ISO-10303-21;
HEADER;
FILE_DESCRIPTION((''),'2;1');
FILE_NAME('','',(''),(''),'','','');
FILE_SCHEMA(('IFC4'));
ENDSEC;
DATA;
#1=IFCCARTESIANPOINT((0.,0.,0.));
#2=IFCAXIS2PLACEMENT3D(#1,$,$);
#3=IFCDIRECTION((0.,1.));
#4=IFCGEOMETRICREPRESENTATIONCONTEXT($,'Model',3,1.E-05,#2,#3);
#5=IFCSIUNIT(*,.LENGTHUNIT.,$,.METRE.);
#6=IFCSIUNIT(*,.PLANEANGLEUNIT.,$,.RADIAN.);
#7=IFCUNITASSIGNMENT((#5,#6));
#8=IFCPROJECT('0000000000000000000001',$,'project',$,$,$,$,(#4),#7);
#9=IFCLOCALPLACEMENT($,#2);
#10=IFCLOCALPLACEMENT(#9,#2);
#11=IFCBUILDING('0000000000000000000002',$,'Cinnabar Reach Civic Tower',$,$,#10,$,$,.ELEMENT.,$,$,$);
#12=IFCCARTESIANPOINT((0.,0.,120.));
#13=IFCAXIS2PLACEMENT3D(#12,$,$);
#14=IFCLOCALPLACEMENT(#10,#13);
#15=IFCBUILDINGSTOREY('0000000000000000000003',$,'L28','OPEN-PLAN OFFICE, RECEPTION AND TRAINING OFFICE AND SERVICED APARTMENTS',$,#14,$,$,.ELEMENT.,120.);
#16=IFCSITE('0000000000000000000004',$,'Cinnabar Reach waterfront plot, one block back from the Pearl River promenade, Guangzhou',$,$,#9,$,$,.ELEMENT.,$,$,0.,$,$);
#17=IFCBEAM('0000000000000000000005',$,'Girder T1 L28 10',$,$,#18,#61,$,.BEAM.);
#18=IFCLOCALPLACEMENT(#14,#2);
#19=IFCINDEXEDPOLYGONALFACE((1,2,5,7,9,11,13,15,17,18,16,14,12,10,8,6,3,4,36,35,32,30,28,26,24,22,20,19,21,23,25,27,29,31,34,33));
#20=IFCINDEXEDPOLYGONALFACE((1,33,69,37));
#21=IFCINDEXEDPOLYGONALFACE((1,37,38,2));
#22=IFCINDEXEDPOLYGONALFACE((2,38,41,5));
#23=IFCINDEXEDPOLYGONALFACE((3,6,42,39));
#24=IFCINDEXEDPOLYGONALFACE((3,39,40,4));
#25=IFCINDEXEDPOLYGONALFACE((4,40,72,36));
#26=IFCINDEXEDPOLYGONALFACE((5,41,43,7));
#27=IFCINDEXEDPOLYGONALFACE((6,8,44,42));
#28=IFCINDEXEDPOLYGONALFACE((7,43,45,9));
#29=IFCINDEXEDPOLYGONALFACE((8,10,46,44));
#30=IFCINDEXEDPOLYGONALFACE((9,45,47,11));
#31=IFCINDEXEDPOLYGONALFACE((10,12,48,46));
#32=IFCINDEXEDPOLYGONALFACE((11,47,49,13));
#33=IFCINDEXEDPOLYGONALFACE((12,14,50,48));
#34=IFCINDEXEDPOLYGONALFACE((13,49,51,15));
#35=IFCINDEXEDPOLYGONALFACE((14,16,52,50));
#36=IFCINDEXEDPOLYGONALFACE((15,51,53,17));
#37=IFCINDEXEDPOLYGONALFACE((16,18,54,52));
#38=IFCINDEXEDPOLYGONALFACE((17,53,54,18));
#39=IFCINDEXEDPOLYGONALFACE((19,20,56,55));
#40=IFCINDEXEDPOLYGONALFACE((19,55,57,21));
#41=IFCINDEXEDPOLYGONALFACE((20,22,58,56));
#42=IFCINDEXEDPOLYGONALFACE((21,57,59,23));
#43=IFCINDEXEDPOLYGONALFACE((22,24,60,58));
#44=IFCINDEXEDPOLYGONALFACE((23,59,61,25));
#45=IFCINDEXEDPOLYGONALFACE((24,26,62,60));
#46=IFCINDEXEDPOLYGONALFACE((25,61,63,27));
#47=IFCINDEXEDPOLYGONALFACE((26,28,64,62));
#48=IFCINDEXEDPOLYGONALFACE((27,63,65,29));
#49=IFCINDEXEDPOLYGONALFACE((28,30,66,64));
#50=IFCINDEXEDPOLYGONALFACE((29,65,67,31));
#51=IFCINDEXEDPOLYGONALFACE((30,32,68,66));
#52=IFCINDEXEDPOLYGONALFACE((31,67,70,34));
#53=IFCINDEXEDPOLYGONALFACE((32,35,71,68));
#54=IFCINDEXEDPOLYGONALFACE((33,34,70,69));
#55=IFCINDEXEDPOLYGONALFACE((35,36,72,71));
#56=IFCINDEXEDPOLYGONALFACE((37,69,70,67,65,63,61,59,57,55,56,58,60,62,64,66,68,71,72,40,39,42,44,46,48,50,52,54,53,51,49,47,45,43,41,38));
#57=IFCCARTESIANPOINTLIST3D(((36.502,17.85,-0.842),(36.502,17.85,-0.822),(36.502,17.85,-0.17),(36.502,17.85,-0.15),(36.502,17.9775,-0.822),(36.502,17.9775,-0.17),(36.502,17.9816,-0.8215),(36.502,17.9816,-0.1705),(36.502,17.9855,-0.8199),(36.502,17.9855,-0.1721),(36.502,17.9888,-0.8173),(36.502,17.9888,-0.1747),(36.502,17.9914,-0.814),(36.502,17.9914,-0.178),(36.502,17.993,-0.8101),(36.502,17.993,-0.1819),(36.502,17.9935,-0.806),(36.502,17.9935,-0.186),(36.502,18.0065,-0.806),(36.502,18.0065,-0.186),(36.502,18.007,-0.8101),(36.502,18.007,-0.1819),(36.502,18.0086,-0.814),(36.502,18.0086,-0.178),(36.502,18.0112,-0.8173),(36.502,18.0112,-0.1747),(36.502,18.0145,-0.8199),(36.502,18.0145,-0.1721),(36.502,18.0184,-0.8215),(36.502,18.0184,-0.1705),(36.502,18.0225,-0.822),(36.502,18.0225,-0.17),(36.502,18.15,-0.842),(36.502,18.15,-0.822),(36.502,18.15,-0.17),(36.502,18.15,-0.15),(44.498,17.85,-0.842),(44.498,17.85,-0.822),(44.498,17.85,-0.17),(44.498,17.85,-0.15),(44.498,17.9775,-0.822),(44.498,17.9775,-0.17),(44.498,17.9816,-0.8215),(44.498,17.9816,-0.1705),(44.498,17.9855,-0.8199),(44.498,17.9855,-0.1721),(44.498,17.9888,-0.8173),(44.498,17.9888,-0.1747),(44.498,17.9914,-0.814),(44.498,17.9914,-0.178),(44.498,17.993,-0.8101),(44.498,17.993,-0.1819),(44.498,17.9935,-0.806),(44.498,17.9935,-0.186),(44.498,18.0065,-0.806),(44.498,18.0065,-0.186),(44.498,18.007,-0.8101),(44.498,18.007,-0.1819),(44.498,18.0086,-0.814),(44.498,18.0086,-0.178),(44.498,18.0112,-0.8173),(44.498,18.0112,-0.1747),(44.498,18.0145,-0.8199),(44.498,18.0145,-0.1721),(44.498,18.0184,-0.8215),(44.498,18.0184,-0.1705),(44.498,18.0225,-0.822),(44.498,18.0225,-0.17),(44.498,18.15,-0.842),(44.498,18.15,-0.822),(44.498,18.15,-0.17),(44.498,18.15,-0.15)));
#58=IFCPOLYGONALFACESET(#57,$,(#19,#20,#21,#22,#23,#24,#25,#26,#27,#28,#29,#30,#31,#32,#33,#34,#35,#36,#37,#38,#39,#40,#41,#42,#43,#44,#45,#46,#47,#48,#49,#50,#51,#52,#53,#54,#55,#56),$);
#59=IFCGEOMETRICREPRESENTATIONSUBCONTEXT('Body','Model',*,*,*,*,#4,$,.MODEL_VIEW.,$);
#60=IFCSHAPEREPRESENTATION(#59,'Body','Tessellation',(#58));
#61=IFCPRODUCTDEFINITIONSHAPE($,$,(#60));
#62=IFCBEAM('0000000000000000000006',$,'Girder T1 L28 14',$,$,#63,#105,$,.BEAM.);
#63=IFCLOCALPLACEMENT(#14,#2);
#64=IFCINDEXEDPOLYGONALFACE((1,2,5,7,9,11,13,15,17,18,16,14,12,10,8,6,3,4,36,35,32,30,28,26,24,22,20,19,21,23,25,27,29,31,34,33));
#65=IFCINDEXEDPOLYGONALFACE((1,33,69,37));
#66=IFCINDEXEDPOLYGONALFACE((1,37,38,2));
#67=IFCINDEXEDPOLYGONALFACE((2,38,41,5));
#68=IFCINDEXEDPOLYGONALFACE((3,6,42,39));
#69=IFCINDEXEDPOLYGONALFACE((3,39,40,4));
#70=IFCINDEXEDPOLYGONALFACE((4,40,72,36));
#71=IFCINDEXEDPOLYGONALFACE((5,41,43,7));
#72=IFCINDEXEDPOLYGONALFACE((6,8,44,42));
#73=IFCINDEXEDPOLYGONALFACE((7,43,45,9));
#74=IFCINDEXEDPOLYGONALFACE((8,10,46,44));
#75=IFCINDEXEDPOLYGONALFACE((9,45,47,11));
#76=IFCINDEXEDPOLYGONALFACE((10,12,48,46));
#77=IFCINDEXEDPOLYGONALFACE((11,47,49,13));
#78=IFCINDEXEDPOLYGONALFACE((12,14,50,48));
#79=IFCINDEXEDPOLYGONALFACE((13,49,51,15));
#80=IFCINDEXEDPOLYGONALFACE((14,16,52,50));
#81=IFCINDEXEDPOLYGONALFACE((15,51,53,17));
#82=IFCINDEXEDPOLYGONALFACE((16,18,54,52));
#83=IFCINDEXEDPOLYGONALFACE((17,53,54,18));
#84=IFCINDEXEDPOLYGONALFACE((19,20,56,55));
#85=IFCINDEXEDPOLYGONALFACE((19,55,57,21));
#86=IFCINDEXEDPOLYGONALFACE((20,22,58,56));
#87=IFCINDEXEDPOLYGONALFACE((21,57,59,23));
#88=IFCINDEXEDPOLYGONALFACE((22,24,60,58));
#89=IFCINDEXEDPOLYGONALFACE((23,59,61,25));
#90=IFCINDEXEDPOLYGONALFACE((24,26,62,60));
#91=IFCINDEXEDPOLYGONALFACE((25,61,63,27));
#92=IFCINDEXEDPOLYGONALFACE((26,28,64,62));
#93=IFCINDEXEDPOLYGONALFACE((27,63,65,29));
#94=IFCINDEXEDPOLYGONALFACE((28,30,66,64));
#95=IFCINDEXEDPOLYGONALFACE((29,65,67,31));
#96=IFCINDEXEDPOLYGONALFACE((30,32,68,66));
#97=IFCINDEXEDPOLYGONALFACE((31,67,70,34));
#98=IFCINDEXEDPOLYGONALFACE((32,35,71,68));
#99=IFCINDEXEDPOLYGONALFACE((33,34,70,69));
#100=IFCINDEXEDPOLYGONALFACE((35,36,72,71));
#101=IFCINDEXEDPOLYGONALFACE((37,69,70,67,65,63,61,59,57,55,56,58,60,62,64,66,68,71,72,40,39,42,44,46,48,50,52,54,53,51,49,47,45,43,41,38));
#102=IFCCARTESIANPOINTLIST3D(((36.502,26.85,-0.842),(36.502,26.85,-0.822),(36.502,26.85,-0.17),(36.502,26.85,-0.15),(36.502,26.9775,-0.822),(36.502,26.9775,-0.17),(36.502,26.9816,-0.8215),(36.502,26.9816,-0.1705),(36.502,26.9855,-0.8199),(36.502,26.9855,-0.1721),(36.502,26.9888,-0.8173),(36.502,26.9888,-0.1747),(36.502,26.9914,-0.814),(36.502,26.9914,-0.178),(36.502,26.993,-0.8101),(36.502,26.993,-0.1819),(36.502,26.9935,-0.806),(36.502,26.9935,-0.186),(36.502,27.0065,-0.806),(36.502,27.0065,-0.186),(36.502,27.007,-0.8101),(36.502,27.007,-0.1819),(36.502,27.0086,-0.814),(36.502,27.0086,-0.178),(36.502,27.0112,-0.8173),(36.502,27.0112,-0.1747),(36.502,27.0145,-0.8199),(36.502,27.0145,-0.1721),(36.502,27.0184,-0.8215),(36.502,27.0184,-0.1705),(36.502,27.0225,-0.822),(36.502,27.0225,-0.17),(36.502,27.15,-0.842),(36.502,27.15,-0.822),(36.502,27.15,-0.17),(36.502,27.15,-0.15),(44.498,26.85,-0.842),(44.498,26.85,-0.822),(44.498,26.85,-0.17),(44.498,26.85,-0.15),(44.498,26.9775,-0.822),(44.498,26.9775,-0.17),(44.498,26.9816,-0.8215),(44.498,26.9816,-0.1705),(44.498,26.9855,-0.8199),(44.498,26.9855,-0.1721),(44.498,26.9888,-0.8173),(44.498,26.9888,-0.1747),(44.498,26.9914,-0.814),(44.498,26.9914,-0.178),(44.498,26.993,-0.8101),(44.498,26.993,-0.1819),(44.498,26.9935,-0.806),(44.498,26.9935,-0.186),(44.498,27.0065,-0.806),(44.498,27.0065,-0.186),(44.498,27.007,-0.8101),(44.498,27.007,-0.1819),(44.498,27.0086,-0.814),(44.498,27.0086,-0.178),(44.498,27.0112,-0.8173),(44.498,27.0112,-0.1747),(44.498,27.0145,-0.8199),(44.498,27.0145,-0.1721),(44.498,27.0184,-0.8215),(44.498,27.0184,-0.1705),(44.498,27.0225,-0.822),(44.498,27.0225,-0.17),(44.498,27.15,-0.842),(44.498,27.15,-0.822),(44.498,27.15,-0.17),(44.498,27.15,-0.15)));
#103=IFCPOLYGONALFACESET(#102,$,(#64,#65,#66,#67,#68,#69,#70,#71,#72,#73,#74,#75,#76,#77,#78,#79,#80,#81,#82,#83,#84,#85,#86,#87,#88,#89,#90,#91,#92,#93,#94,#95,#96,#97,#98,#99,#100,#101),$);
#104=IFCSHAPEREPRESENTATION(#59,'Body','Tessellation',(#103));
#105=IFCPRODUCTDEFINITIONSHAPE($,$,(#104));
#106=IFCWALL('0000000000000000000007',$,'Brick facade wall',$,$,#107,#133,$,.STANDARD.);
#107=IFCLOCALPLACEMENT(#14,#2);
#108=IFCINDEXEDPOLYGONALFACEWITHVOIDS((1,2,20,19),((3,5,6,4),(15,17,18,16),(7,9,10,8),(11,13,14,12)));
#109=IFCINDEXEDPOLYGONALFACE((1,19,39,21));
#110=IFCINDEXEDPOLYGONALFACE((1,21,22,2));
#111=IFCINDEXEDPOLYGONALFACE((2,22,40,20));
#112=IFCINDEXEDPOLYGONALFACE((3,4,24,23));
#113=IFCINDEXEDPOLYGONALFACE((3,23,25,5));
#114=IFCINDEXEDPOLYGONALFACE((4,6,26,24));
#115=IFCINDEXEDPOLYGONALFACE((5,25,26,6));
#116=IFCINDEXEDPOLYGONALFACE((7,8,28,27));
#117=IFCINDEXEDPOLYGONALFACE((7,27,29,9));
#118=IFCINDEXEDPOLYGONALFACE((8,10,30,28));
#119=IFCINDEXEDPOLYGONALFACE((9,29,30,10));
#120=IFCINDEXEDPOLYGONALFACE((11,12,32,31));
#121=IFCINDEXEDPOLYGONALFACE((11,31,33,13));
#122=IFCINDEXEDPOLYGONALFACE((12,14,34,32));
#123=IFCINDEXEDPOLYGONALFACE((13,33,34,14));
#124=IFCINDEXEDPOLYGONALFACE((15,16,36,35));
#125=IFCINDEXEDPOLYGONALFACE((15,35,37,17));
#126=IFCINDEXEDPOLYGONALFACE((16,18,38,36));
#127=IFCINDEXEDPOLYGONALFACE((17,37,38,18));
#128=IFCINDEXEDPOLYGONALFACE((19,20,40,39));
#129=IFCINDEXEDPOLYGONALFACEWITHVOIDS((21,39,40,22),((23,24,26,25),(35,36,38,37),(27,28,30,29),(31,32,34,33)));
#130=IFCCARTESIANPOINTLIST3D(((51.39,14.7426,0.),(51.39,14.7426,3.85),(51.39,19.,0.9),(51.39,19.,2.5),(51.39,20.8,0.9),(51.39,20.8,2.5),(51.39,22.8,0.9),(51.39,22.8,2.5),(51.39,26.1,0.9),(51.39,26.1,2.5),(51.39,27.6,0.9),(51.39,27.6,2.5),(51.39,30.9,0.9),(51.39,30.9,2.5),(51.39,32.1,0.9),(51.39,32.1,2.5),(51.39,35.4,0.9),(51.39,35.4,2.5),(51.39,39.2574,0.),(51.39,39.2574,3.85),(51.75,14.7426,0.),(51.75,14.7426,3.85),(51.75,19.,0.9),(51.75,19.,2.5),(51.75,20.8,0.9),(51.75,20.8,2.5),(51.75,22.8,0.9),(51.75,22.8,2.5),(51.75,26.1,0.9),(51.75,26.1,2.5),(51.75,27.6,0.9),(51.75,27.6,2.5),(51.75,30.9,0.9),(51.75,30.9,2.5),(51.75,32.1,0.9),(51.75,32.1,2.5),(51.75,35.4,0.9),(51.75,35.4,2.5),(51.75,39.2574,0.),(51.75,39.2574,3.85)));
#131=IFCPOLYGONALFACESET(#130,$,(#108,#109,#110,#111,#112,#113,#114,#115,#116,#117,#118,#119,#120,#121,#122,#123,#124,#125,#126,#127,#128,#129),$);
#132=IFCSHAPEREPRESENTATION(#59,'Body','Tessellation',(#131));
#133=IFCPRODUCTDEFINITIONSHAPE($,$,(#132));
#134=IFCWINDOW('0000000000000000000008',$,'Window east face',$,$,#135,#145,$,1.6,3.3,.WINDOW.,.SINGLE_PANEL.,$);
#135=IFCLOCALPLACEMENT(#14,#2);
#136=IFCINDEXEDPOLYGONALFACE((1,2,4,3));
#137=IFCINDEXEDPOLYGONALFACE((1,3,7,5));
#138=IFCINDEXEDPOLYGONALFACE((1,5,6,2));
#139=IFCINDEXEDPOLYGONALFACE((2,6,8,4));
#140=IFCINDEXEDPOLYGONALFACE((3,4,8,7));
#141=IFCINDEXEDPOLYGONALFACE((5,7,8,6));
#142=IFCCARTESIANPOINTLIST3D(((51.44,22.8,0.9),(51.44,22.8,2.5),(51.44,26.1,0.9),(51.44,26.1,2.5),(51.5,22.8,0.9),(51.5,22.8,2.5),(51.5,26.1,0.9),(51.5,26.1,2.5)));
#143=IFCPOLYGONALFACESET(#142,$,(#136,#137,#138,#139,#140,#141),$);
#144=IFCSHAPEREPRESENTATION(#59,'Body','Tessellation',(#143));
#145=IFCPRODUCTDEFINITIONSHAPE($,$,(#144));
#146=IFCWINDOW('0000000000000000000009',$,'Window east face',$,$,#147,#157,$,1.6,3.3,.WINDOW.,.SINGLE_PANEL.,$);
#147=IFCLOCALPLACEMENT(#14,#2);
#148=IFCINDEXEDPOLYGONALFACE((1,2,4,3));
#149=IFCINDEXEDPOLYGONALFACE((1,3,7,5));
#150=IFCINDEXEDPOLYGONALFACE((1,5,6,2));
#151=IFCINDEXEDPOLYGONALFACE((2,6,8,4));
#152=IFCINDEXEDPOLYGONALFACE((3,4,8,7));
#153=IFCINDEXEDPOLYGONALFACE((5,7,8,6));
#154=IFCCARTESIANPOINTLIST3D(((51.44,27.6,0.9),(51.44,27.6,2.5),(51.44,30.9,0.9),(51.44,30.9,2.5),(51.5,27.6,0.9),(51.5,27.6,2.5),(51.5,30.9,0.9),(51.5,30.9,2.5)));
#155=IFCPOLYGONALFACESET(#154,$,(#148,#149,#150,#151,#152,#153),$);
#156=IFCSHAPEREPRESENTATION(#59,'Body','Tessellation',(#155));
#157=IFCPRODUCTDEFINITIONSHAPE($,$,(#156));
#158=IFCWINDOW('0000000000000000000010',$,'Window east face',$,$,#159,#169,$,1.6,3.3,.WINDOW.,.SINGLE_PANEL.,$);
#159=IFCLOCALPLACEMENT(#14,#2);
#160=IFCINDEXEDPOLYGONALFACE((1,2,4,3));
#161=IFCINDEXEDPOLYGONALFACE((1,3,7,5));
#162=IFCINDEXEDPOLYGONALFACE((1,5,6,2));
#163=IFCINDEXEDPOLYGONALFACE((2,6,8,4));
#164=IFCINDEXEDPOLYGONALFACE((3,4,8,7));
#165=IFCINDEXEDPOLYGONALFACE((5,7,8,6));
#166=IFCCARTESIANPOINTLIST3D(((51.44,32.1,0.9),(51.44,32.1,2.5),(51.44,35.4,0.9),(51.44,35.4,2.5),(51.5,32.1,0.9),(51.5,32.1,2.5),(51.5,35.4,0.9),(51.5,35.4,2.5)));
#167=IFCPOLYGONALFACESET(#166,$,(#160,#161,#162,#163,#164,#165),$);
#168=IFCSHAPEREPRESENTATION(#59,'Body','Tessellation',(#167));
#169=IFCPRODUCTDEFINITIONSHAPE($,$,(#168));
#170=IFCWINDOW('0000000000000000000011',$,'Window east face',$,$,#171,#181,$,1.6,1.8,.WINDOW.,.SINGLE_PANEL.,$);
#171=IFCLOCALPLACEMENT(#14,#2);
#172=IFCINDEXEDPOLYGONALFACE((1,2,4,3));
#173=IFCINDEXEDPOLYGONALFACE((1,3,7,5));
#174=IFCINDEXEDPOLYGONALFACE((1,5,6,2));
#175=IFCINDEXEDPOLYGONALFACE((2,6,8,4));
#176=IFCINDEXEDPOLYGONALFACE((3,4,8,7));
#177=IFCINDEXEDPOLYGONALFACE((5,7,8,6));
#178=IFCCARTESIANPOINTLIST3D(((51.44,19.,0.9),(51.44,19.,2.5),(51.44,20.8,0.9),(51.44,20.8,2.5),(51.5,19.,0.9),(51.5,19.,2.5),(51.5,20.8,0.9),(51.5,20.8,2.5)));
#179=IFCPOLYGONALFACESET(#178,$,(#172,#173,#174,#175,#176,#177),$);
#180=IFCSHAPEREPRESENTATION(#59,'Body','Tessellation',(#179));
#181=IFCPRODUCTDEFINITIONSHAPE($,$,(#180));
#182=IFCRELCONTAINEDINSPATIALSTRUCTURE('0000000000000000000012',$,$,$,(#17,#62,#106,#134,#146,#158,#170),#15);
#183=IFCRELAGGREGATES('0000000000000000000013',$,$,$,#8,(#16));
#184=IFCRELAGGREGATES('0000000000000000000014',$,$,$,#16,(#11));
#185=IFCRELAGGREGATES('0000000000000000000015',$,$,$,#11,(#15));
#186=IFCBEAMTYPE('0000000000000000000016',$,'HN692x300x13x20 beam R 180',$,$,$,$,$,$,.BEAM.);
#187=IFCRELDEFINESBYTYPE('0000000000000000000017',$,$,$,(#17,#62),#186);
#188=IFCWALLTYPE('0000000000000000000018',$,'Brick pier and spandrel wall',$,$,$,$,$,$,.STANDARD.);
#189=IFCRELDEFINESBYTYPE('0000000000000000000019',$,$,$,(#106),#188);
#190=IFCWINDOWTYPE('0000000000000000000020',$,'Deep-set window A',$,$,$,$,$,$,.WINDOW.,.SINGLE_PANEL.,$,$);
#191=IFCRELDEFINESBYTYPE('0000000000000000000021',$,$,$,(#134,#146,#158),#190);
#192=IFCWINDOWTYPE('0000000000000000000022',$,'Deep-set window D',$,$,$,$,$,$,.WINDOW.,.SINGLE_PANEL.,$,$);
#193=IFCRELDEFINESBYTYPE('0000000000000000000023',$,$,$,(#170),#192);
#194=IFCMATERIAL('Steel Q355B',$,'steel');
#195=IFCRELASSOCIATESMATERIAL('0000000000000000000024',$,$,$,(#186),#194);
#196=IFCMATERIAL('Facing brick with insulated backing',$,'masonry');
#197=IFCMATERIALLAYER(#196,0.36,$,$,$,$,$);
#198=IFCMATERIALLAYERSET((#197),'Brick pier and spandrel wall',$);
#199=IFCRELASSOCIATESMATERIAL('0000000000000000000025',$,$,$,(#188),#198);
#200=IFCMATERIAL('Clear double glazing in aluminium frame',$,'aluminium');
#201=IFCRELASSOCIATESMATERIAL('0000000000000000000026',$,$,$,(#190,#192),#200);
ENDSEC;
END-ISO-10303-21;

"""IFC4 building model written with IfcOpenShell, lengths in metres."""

from ifc_helpers import new_model, si_unit, direction, frame, frame_2d, origin, origin_2d, place, context, subcontext, project, spatial, rectangle, i_section, extrude, material, layer, layer_set, material_profile, profile_set, type_object, element, fill, save


model = new_model("IFC4")

# Units and contexts
model_context = context("Model", 3, precision=1e-05, world=origin(), true_north=direction((0.0, 1.0)))
body_context = subcontext(model_context, "Body", "Model", "MODEL_VIEW")
ifc_project = project(units=[si_unit("LENGTHUNIT", "METRE"), si_unit("PLANEANGLEUNIT", "RADIAN")], contexts=[model_context])

# Site, building, storey
site_placement = place(None, origin())
site = spatial("IfcSite", under=ifc_project, at=site_placement, Name="Cinnabar Reach waterfront plot, one block back from the Pearl River promenade, Guangzhou", CompositionType="ELEMENT", RefElevation=0.0)
building_placement = place(site_placement, origin())
building = spatial("IfcBuilding", under=site, at=building_placement, Name="Cinnabar Reach Civic Tower", CompositionType="ELEMENT")
storey_placement = place(building_placement, frame((0.0, 0.0, 120.0)))
storey = spatial("IfcBuildingStorey", under=building, at=storey_placement, Name="L28", Description="OPEN-PLAN OFFICE, RECEPTION AND TRAINING OFFICE AND SERVICED APARTMENTS", CompositionType="ELEMENT", Elevation=120.0)

# Beams
ifc_material_1 = material(Name="Steel Q355B", Category="steel")
ifc_material_profile_1 = material_profile(ifc_material_1, i_section(OverallWidth=0.3, OverallDepth=0.692, WebThickness=0.013, FlangeThickness=0.02, FilletRadius=0.016, at=origin_2d()), Name="HN692x300x13x20")
ifc_profile_set_1 = profile_set([ifc_material_profile_1], Name="Steel Q355B")
beam_type_1 = type_object("IfcBeamType", Name="HN692x300x13x20 beam R 180", PredefinedType="BEAM", material=ifc_profile_set_1)
for number, where, z_axis, x_axis, name in (
    (1, (36.502, 18.0, -0.496), (1.0, 0.0, 0.0), (0.0, 1.0, 0.0), "Girder T1 L28 10"),
    (2, (36.502, 27.0, -0.496), (1.0, 0.0, 0.0), (0.0, 1.0, 0.0), "Girder T1 L28 14"),
):
    element("IfcBeam", number, at=place(storey_placement, frame(where, z_axis=z_axis, x_axis=x_axis)), inside=storey, type_object=beam_type_1, Name=name, PredefinedType="BEAM", context=body_context, shape_type="SweptSolid", body=[
        extrude(i_section(OverallWidth=0.3, OverallDepth=0.692, WebThickness=0.013, FlangeThickness=0.02, FilletRadius=0.016, at=origin_2d()), origin(), (0.0, 0.0, 1.0), 7.996),
    ])

# Wall, openings, windows
ifc_material_2 = material(Name="Facing brick with insulated backing", Category="masonry")
ifc_layer_1 = layer(ifc_material_2, 0.36)
ifc_layer_set_1 = layer_set([ifc_layer_1], Name="Brick pier and spandrel wall")
wall_type_1 = type_object("IfcWallType", Name="Brick pier and spandrel wall", PredefinedType="STANDARD", material=ifc_layer_set_1)
wall_1_placement = place(storey_placement, frame((51.57, 14.7426, 0.0), z_axis=(0.0, 0.0, 1.0), x_axis=(0.0, 1.0, 0.0)))
wall_1 = element("IfcWall", 3, at=wall_1_placement, inside=storey, type_object=wall_type_1, Name="Brick facade wall", PredefinedType="STANDARD", context=body_context, shape_type="SweptSolid", body=[
    extrude(rectangle(XDim=24.5148, YDim=0.36, at=frame_2d((12.2574, 0.0))), origin(), (0.0, 0.0, 1.0), 3.85),
])
opening_1_placement = place(wall_1_placement, frame((4.2574, 0.0, 0.9)))
opening_1 = element("IfcOpeningElement", 4, at=opening_1_placement, cuts=wall_1, PredefinedType="OPENING", context=body_context, shape_type="SweptSolid", body=[
    extrude(rectangle(XDim=1.8, YDim=1.6, at=frame_2d((0.9, 0.8))), frame((0.0, 0.19, 0.0), z_axis=(0.0, -1.0, 0.0), x_axis=(1.0, 0.0, 0.0)), (0.0, 0.0, 1.0), 0.38),
])
opening_2_placement = place(wall_1_placement, frame((8.0574, 0.0, 0.9)))
opening_2 = element("IfcOpeningElement", 5, at=opening_2_placement, cuts=wall_1, PredefinedType="OPENING", context=body_context, shape_type="SweptSolid", body=[
    extrude(rectangle(XDim=3.3, YDim=1.6, at=frame_2d((1.65, 0.8))), frame((0.0, 0.19, 0.0), z_axis=(0.0, -1.0, 0.0), x_axis=(1.0, 0.0, 0.0)), (0.0, 0.0, 1.0), 0.38),
])
opening_3_placement = place(wall_1_placement, frame((12.8574, 0.0, 0.9)))
opening_3 = element("IfcOpeningElement", 6, at=opening_3_placement, cuts=wall_1, PredefinedType="OPENING", context=body_context, shape_type="SweptSolid", body=[
    extrude(rectangle(XDim=3.3, YDim=1.6, at=frame_2d((1.65, 0.8))), frame((0.0, 0.19, 0.0), z_axis=(0.0, -1.0, 0.0), x_axis=(1.0, 0.0, 0.0)), (0.0, 0.0, 1.0), 0.38),
])
opening_4_placement = place(wall_1_placement, frame((17.3574, 0.0, 0.9)))
opening_4 = element("IfcOpeningElement", 7, at=opening_4_placement, cuts=wall_1, PredefinedType="OPENING", context=body_context, shape_type="SweptSolid", body=[
    extrude(rectangle(XDim=3.3, YDim=1.6, at=frame_2d((1.65, 0.8))), frame((0.0, 0.19, 0.0), z_axis=(0.0, -1.0, 0.0), x_axis=(1.0, 0.0, 0.0)), (0.0, 0.0, 1.0), 0.38),
])
ifc_material_3 = material(Name="Clear double glazing in aluminium frame", Category="aluminium")
window_type_1 = type_object("IfcWindowType", Name="Deep-set window A", PartitioningType="SINGLE_PANEL", PredefinedType="WINDOW", material=ifc_material_3)
window_1_placement = place(opening_2_placement, origin())
window_1 = element("IfcWindow", 8, at=window_1_placement, inside=storey, type_object=window_type_1, Name="Window east face", OverallHeight=1.6, OverallWidth=3.3, PartitioningType="SINGLE_PANEL", PredefinedType="WINDOW", context=body_context, shape_type="SweptSolid", body=[
    extrude(rectangle(XDim=3.3, YDim=1.6, at=frame_2d((1.65, 0.8))), frame((0.0, 0.13, 0.0), z_axis=(0.0, -1.0, 0.0), x_axis=(1.0, 0.0, 0.0)), (0.0, 0.0, 1.0), 0.06),
])
fill(opening_2, window_1)
window_2_placement = place(opening_3_placement, origin())
window_2 = element("IfcWindow", 9, at=window_2_placement, inside=storey, type_object=window_type_1, Name="Window east face", OverallHeight=1.6, OverallWidth=3.3, PartitioningType="SINGLE_PANEL", PredefinedType="WINDOW", context=body_context, shape_type="SweptSolid", body=[
    extrude(rectangle(XDim=3.3, YDim=1.6, at=frame_2d((1.65, 0.8))), frame((0.0, 0.13, 0.0), z_axis=(0.0, -1.0, 0.0), x_axis=(1.0, 0.0, 0.0)), (0.0, 0.0, 1.0), 0.06),
])
fill(opening_3, window_2)
window_3_placement = place(opening_4_placement, origin())
window_3 = element("IfcWindow", 10, at=window_3_placement, inside=storey, type_object=window_type_1, Name="Window east face", OverallHeight=1.6, OverallWidth=3.3, PartitioningType="SINGLE_PANEL", PredefinedType="WINDOW", context=body_context, shape_type="SweptSolid", body=[
    extrude(rectangle(XDim=3.3, YDim=1.6, at=frame_2d((1.65, 0.8))), frame((0.0, 0.13, 0.0), z_axis=(0.0, -1.0, 0.0), x_axis=(1.0, 0.0, 0.0)), (0.0, 0.0, 1.0), 0.06),
])
fill(opening_4, window_3)
window_type_2 = type_object("IfcWindowType", Name="Deep-set window D", PartitioningType="SINGLE_PANEL", PredefinedType="WINDOW", material=ifc_material_3)
window_4_placement = place(opening_1_placement, origin())
window_4 = element("IfcWindow", 11, at=window_4_placement, inside=storey, type_object=window_type_2, Name="Window east face", OverallHeight=1.6, OverallWidth=1.8, PartitioningType="SINGLE_PANEL", PredefinedType="WINDOW", context=body_context, shape_type="SweptSolid", body=[
    extrude(rectangle(XDim=1.8, YDim=1.6, at=frame_2d((0.9, 0.8))), frame((0.0, 0.13, 0.0), z_axis=(0.0, -1.0, 0.0), x_axis=(1.0, 0.0, 0.0)), (0.0, 0.0, 1.0), 0.06),
])
fill(opening_1, window_4)

save(model, "model.ifc")
